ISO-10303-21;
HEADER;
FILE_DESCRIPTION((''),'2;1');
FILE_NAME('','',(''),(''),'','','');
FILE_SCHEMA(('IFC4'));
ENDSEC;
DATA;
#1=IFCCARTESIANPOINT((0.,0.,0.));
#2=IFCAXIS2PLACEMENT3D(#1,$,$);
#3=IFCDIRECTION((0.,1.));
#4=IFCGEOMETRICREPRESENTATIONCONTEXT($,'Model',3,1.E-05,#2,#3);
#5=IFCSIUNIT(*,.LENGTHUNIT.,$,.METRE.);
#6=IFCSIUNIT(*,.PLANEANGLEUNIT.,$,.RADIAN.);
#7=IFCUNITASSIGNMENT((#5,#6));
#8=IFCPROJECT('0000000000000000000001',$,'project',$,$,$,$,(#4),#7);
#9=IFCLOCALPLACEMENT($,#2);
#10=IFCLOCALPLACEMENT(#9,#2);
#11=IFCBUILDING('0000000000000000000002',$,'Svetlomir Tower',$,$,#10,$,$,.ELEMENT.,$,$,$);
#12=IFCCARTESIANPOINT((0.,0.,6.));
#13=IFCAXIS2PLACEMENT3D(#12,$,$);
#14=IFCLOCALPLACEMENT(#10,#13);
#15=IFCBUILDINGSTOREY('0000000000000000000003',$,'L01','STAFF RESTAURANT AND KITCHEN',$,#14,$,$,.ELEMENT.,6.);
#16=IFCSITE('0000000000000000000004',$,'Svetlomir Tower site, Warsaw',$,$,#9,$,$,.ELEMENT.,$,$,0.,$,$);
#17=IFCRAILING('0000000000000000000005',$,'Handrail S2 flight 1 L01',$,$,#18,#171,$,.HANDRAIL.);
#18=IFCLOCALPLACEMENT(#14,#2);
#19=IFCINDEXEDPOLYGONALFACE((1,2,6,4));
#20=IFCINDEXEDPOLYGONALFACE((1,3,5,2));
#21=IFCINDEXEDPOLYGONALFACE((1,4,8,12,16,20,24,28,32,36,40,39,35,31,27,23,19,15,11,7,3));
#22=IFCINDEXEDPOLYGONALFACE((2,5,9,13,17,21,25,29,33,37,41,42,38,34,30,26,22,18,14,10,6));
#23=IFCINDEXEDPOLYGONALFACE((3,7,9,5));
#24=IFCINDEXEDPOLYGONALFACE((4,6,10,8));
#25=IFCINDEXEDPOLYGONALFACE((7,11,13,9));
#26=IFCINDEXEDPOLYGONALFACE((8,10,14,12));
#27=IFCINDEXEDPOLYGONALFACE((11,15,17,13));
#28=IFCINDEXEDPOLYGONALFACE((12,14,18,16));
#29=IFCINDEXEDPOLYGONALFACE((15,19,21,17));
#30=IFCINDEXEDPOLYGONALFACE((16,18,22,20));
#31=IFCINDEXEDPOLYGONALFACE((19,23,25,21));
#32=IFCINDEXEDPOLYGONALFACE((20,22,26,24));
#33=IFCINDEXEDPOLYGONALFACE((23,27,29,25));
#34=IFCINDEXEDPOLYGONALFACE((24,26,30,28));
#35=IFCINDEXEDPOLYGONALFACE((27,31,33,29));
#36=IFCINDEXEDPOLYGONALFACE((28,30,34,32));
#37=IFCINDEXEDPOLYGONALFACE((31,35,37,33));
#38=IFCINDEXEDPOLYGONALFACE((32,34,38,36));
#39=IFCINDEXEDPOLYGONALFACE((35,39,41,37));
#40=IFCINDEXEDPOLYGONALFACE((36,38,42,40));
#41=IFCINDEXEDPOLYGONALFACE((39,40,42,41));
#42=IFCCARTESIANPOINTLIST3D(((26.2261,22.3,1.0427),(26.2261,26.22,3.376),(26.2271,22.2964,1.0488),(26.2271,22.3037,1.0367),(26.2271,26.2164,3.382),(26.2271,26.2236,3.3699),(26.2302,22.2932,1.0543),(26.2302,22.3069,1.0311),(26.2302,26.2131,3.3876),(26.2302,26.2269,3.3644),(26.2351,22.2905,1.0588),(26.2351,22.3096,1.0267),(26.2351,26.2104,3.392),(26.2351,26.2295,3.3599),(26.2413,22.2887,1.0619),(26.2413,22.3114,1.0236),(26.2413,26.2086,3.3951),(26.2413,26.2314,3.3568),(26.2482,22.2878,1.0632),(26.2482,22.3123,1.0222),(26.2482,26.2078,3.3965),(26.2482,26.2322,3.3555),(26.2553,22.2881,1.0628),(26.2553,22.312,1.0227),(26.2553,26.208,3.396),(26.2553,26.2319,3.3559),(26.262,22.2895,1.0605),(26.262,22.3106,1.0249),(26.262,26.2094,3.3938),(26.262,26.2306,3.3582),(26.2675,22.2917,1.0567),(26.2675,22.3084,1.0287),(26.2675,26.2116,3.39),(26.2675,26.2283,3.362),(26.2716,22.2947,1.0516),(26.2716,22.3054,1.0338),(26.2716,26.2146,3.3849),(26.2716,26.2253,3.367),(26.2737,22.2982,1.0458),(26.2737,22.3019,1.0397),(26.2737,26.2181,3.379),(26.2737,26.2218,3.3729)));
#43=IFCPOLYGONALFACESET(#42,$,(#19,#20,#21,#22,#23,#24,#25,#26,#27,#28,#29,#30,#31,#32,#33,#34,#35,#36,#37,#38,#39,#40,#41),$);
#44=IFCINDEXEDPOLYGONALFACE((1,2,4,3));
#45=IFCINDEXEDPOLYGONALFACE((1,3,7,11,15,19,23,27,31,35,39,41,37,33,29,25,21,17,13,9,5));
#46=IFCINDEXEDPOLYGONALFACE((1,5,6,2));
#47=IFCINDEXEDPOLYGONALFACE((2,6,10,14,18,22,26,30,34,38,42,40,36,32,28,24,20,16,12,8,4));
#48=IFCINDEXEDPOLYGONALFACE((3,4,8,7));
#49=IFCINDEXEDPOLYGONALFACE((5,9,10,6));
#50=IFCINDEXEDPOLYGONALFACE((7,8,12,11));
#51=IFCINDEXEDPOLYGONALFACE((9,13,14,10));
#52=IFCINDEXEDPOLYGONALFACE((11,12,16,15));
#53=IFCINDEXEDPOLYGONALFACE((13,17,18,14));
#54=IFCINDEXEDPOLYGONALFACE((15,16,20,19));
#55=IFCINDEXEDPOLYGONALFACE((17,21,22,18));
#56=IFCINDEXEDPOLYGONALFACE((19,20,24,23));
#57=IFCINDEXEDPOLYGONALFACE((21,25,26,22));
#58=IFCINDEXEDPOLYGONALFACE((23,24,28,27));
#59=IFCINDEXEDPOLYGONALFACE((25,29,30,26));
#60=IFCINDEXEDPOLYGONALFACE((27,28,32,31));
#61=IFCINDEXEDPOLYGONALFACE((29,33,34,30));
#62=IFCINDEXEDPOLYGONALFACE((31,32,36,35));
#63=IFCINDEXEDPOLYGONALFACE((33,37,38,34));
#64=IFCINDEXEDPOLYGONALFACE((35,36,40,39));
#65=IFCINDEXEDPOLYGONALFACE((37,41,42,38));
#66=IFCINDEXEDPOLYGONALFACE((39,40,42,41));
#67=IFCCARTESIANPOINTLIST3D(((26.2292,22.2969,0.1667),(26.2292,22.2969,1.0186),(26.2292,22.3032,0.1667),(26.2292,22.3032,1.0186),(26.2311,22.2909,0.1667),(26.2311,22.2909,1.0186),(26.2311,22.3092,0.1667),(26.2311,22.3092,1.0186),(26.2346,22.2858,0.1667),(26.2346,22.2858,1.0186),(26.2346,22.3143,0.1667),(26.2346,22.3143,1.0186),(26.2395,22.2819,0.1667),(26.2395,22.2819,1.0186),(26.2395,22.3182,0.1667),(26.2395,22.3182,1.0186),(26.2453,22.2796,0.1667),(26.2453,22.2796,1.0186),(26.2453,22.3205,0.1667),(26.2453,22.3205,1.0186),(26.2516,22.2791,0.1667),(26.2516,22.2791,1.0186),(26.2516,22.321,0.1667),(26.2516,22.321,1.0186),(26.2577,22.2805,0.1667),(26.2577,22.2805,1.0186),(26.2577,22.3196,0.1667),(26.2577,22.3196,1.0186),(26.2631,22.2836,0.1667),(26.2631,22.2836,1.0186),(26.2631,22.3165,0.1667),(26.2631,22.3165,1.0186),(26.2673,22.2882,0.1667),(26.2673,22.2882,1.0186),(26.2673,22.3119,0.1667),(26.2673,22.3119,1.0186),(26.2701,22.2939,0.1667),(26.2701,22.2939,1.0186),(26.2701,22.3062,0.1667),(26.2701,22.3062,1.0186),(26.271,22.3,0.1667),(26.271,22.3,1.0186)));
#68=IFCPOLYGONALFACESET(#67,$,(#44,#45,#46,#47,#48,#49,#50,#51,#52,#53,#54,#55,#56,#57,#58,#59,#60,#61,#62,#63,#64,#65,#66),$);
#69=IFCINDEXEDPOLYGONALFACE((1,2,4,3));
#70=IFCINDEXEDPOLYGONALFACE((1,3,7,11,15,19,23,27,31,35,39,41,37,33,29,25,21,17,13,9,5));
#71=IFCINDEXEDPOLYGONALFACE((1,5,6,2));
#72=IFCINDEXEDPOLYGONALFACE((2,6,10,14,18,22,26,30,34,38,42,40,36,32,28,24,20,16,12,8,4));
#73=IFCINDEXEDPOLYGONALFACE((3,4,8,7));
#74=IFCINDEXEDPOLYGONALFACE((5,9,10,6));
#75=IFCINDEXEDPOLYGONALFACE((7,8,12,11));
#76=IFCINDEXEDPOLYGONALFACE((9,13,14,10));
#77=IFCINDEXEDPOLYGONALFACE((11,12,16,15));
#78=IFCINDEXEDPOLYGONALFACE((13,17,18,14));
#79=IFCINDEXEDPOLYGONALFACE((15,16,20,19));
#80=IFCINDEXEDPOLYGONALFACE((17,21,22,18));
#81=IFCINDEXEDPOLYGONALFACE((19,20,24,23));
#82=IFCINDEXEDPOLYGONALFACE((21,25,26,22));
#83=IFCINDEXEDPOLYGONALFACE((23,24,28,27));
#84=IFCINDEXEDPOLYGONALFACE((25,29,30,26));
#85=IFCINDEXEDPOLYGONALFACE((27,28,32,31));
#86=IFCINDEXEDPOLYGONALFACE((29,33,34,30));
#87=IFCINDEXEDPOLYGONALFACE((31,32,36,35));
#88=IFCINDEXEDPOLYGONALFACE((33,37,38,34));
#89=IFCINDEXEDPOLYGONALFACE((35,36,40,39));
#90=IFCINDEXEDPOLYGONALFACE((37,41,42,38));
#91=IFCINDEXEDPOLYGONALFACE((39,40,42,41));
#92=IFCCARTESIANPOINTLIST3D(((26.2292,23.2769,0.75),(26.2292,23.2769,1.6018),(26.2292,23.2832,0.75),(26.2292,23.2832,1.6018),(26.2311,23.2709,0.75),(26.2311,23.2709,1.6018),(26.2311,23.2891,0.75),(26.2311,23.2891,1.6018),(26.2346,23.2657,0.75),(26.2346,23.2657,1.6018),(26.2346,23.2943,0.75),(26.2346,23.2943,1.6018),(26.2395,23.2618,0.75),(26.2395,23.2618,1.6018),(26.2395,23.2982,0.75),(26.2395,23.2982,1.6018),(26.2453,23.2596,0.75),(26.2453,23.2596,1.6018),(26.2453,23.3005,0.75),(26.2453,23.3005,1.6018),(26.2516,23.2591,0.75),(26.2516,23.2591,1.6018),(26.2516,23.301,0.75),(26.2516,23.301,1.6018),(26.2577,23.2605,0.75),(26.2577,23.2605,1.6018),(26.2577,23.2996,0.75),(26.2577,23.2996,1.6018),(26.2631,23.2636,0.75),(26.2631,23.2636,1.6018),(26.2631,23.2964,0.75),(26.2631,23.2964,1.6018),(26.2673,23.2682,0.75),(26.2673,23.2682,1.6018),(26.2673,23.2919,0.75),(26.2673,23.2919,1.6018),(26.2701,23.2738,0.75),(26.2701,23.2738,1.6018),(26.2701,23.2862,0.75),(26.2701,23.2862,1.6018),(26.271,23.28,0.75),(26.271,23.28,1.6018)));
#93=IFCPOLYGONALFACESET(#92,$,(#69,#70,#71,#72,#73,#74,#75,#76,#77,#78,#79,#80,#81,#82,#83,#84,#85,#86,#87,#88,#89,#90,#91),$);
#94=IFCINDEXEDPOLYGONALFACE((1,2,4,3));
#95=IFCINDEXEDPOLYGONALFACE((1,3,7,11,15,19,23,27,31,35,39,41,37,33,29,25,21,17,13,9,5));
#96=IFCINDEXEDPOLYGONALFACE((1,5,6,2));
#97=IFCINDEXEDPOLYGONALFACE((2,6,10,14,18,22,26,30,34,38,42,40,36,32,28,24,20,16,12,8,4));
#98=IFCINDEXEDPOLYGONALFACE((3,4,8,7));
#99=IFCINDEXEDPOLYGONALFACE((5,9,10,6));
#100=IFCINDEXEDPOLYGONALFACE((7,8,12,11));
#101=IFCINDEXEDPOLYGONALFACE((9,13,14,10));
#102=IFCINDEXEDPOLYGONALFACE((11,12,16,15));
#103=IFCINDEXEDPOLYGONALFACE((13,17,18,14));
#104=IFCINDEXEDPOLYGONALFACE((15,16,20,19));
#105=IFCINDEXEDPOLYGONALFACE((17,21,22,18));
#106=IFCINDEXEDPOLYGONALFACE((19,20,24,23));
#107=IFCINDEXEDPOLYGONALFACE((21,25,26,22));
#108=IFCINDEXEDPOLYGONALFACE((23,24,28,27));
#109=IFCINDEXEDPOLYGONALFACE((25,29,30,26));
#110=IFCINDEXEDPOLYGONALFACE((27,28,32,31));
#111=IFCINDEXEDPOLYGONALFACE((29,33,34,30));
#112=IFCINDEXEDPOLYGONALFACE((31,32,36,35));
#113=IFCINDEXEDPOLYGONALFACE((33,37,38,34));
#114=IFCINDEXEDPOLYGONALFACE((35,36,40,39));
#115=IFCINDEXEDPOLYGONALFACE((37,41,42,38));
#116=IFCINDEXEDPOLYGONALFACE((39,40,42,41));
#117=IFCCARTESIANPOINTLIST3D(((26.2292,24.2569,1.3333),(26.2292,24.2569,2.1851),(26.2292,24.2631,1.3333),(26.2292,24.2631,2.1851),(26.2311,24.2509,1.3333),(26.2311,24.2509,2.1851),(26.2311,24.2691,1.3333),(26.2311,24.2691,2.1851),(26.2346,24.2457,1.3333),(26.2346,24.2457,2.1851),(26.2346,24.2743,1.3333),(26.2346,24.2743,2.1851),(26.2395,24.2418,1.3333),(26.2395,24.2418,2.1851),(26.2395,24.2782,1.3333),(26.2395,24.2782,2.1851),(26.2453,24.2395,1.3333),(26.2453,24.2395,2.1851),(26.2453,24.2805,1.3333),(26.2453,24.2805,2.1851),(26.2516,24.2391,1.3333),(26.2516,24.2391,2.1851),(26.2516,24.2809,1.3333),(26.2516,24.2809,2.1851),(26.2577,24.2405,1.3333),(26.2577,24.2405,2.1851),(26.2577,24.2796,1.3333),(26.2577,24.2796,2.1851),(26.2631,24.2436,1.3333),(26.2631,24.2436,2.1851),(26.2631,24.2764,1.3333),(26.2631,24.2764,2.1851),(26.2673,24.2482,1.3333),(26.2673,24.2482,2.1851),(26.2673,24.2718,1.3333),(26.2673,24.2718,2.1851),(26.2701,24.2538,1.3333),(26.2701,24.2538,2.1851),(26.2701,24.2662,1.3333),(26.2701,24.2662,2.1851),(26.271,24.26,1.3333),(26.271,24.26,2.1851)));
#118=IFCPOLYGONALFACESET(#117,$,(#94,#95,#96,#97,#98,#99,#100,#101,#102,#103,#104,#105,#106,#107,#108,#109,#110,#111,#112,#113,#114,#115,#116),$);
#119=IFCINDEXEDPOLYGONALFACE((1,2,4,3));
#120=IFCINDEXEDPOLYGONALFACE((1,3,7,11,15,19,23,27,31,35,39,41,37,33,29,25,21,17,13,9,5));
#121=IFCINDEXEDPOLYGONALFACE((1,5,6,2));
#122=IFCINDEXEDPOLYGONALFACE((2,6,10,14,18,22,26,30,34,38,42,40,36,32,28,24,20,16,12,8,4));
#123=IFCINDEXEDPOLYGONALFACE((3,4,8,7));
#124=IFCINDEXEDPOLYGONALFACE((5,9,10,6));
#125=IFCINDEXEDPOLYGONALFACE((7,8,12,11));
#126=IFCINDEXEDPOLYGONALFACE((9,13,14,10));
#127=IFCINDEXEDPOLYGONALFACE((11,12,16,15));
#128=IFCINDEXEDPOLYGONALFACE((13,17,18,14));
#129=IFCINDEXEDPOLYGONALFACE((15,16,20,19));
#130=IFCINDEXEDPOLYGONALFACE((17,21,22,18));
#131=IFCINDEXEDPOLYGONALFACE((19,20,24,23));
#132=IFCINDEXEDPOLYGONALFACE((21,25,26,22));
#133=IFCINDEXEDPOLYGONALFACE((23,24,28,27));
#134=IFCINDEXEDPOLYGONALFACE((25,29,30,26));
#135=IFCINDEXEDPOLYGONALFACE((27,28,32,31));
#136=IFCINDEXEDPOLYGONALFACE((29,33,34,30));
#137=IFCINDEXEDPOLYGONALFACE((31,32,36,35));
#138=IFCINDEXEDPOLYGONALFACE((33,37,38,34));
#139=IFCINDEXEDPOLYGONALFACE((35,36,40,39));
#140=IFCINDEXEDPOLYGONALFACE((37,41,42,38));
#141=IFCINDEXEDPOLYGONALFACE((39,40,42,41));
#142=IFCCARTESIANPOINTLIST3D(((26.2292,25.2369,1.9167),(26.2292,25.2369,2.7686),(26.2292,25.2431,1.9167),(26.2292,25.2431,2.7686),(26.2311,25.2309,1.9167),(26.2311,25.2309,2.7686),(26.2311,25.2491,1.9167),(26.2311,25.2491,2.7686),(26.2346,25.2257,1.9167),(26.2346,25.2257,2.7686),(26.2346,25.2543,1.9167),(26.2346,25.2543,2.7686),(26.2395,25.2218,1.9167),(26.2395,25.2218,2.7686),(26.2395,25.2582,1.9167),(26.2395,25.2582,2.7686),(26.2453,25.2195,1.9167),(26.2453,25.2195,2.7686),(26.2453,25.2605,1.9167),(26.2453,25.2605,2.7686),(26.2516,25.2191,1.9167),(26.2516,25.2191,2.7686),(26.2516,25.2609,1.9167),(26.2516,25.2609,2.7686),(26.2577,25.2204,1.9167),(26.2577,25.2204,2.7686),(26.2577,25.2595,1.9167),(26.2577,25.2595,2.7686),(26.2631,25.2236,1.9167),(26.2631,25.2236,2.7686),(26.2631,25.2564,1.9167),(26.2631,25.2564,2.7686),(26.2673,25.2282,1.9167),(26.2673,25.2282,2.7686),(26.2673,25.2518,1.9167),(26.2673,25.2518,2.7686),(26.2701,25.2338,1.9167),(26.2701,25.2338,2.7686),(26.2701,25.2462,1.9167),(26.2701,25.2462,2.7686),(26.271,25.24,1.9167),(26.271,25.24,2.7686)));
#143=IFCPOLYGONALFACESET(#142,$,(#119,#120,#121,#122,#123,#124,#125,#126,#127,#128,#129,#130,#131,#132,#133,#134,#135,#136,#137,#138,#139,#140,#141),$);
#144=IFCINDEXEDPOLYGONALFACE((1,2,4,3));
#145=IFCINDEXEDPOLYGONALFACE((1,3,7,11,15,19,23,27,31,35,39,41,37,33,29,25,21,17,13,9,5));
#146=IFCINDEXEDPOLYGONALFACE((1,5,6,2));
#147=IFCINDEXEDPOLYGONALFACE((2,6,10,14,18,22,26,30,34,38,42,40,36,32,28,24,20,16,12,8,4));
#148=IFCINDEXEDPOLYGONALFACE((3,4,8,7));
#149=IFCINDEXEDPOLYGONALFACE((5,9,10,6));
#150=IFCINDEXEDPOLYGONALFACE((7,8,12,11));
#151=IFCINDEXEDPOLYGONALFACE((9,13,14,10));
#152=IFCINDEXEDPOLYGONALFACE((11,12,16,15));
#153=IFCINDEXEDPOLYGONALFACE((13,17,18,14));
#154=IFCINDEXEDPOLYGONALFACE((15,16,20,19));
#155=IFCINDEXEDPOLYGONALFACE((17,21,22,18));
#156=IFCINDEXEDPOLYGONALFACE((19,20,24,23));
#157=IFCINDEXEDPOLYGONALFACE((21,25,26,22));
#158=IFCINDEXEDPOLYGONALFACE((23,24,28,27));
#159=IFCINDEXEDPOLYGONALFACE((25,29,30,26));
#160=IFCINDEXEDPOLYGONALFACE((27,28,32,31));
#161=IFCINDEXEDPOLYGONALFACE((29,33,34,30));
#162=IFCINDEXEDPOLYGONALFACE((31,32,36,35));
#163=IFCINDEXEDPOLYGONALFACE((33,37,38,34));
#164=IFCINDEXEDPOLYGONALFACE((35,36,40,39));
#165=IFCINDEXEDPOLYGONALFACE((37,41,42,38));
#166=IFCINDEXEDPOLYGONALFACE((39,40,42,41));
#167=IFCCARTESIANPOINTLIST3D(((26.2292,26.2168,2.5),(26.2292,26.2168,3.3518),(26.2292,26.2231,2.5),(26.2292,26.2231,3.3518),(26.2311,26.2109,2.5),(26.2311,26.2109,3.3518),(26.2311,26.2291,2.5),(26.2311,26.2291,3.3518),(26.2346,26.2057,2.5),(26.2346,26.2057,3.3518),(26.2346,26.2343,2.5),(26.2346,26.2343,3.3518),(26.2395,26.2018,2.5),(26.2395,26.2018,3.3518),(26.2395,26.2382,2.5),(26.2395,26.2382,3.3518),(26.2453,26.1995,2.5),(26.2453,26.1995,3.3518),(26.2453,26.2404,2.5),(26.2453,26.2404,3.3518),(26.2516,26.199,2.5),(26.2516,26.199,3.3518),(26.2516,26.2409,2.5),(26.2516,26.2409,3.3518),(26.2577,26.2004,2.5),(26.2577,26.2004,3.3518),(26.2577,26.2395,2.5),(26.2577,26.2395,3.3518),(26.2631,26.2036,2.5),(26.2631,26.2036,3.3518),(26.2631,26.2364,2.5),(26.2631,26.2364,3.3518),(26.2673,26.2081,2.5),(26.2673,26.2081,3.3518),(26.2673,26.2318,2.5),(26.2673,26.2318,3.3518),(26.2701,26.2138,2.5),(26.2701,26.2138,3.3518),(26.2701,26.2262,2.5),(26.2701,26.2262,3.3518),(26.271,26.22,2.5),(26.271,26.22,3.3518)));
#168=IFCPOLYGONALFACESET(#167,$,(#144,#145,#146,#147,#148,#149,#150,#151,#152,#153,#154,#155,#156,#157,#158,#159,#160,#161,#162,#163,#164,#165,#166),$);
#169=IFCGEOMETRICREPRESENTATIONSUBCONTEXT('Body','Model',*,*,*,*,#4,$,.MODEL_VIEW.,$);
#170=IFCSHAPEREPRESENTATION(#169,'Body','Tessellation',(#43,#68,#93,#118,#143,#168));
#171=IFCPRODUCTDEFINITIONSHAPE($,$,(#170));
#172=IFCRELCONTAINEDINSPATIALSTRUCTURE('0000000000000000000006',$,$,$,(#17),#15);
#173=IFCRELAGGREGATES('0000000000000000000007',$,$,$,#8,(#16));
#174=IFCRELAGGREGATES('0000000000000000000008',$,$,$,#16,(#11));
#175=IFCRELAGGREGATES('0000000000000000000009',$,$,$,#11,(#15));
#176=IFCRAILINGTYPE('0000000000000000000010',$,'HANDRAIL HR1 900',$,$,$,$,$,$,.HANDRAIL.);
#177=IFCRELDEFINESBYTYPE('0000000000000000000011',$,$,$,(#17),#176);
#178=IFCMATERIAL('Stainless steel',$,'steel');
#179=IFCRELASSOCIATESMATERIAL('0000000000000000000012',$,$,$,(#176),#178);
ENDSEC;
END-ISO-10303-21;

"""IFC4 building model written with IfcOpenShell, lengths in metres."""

from ifc_helpers import new_model, si_unit, direction, frame, origin, origin_2d, place, context, subcontext, project, spatial, circle, extrude, material, type_object, element, save


model = new_model("IFC4")

# Units and contexts
model_context = context("Model", 3, precision=1e-05, world=origin(), true_north=direction((0.0, 1.0)))
body_context = subcontext(model_context, "Body", "Model", "MODEL_VIEW")
ifc_project = project(units=[si_unit("LENGTHUNIT", "METRE"), si_unit("PLANEANGLEUNIT", "RADIAN")], contexts=[model_context])

# Site, building, storey
site_placement = place(None, origin())
site = spatial("IfcSite", under=ifc_project, at=site_placement, Name="Svetlomir Tower site, Warsaw", CompositionType="ELEMENT", RefElevation=0.0)
building_placement = place(site_placement, origin())
building = spatial("IfcBuilding", under=site, at=building_placement, Name="Svetlomir Tower", CompositionType="ELEMENT")
storey_placement = place(building_placement, frame((0.0, 0.0, 6.0)))
storey = spatial("IfcBuildingStorey", under=building, at=storey_placement, Name="L01", Description="STAFF RESTAURANT AND KITCHEN", CompositionType="ELEMENT", Elevation=6.0)

# Railing
ifc_material_1 = material(Name="Stainless steel", Category="steel")
railing_type_1 = type_object("IfcRailingType", Name="HANDRAIL HR1 900", PredefinedType="HANDRAIL", material=ifc_material_1)
railing_1_placement = place(storey_placement, frame((26.25, 22.3, 0.1667)))
element("IfcRailing", 1, at=railing_1_placement, inside=storey, type_object=railing_type_1, Name="Handrail S2 flight 1 L01", PredefinedType="HANDRAIL", context=body_context, shape_type="SweptSolid", body=[
    extrude(circle(Radius=0.0239, at=origin_2d()), frame((0.0, 0.0, 0.876), z_axis=(0.0, 0.859296, 0.511478), x_axis=(-1.0, 0.0, 0.0)), (0.0, 0.0, 1.0), 4.5618),
    extrude(circle(Radius=0.021, at=origin_2d()), origin(), (0.0, 0.0, 1.0), 0.8518),
    extrude(circle(Radius=0.021, at=origin_2d()), frame((0.0, 0.98, 0.5833)), (0.0, 0.0, 1.0), 0.8518),
    extrude(circle(Radius=0.021, at=origin_2d()), frame((0.0, 1.96, 1.1665)), (0.0, 0.0, 1.0), 0.8518),
    extrude(circle(Radius=0.021, at=origin_2d()), frame((0.0, 2.9399, 1.75)), (0.0, 0.0, 1.0), 0.8518),
    extrude(circle(Radius=0.021, at=origin_2d()), frame((0.0, 3.9199, 2.3333)), (0.0, 0.0, 1.0), 0.8518),
])

save(model, "model.ifc")
